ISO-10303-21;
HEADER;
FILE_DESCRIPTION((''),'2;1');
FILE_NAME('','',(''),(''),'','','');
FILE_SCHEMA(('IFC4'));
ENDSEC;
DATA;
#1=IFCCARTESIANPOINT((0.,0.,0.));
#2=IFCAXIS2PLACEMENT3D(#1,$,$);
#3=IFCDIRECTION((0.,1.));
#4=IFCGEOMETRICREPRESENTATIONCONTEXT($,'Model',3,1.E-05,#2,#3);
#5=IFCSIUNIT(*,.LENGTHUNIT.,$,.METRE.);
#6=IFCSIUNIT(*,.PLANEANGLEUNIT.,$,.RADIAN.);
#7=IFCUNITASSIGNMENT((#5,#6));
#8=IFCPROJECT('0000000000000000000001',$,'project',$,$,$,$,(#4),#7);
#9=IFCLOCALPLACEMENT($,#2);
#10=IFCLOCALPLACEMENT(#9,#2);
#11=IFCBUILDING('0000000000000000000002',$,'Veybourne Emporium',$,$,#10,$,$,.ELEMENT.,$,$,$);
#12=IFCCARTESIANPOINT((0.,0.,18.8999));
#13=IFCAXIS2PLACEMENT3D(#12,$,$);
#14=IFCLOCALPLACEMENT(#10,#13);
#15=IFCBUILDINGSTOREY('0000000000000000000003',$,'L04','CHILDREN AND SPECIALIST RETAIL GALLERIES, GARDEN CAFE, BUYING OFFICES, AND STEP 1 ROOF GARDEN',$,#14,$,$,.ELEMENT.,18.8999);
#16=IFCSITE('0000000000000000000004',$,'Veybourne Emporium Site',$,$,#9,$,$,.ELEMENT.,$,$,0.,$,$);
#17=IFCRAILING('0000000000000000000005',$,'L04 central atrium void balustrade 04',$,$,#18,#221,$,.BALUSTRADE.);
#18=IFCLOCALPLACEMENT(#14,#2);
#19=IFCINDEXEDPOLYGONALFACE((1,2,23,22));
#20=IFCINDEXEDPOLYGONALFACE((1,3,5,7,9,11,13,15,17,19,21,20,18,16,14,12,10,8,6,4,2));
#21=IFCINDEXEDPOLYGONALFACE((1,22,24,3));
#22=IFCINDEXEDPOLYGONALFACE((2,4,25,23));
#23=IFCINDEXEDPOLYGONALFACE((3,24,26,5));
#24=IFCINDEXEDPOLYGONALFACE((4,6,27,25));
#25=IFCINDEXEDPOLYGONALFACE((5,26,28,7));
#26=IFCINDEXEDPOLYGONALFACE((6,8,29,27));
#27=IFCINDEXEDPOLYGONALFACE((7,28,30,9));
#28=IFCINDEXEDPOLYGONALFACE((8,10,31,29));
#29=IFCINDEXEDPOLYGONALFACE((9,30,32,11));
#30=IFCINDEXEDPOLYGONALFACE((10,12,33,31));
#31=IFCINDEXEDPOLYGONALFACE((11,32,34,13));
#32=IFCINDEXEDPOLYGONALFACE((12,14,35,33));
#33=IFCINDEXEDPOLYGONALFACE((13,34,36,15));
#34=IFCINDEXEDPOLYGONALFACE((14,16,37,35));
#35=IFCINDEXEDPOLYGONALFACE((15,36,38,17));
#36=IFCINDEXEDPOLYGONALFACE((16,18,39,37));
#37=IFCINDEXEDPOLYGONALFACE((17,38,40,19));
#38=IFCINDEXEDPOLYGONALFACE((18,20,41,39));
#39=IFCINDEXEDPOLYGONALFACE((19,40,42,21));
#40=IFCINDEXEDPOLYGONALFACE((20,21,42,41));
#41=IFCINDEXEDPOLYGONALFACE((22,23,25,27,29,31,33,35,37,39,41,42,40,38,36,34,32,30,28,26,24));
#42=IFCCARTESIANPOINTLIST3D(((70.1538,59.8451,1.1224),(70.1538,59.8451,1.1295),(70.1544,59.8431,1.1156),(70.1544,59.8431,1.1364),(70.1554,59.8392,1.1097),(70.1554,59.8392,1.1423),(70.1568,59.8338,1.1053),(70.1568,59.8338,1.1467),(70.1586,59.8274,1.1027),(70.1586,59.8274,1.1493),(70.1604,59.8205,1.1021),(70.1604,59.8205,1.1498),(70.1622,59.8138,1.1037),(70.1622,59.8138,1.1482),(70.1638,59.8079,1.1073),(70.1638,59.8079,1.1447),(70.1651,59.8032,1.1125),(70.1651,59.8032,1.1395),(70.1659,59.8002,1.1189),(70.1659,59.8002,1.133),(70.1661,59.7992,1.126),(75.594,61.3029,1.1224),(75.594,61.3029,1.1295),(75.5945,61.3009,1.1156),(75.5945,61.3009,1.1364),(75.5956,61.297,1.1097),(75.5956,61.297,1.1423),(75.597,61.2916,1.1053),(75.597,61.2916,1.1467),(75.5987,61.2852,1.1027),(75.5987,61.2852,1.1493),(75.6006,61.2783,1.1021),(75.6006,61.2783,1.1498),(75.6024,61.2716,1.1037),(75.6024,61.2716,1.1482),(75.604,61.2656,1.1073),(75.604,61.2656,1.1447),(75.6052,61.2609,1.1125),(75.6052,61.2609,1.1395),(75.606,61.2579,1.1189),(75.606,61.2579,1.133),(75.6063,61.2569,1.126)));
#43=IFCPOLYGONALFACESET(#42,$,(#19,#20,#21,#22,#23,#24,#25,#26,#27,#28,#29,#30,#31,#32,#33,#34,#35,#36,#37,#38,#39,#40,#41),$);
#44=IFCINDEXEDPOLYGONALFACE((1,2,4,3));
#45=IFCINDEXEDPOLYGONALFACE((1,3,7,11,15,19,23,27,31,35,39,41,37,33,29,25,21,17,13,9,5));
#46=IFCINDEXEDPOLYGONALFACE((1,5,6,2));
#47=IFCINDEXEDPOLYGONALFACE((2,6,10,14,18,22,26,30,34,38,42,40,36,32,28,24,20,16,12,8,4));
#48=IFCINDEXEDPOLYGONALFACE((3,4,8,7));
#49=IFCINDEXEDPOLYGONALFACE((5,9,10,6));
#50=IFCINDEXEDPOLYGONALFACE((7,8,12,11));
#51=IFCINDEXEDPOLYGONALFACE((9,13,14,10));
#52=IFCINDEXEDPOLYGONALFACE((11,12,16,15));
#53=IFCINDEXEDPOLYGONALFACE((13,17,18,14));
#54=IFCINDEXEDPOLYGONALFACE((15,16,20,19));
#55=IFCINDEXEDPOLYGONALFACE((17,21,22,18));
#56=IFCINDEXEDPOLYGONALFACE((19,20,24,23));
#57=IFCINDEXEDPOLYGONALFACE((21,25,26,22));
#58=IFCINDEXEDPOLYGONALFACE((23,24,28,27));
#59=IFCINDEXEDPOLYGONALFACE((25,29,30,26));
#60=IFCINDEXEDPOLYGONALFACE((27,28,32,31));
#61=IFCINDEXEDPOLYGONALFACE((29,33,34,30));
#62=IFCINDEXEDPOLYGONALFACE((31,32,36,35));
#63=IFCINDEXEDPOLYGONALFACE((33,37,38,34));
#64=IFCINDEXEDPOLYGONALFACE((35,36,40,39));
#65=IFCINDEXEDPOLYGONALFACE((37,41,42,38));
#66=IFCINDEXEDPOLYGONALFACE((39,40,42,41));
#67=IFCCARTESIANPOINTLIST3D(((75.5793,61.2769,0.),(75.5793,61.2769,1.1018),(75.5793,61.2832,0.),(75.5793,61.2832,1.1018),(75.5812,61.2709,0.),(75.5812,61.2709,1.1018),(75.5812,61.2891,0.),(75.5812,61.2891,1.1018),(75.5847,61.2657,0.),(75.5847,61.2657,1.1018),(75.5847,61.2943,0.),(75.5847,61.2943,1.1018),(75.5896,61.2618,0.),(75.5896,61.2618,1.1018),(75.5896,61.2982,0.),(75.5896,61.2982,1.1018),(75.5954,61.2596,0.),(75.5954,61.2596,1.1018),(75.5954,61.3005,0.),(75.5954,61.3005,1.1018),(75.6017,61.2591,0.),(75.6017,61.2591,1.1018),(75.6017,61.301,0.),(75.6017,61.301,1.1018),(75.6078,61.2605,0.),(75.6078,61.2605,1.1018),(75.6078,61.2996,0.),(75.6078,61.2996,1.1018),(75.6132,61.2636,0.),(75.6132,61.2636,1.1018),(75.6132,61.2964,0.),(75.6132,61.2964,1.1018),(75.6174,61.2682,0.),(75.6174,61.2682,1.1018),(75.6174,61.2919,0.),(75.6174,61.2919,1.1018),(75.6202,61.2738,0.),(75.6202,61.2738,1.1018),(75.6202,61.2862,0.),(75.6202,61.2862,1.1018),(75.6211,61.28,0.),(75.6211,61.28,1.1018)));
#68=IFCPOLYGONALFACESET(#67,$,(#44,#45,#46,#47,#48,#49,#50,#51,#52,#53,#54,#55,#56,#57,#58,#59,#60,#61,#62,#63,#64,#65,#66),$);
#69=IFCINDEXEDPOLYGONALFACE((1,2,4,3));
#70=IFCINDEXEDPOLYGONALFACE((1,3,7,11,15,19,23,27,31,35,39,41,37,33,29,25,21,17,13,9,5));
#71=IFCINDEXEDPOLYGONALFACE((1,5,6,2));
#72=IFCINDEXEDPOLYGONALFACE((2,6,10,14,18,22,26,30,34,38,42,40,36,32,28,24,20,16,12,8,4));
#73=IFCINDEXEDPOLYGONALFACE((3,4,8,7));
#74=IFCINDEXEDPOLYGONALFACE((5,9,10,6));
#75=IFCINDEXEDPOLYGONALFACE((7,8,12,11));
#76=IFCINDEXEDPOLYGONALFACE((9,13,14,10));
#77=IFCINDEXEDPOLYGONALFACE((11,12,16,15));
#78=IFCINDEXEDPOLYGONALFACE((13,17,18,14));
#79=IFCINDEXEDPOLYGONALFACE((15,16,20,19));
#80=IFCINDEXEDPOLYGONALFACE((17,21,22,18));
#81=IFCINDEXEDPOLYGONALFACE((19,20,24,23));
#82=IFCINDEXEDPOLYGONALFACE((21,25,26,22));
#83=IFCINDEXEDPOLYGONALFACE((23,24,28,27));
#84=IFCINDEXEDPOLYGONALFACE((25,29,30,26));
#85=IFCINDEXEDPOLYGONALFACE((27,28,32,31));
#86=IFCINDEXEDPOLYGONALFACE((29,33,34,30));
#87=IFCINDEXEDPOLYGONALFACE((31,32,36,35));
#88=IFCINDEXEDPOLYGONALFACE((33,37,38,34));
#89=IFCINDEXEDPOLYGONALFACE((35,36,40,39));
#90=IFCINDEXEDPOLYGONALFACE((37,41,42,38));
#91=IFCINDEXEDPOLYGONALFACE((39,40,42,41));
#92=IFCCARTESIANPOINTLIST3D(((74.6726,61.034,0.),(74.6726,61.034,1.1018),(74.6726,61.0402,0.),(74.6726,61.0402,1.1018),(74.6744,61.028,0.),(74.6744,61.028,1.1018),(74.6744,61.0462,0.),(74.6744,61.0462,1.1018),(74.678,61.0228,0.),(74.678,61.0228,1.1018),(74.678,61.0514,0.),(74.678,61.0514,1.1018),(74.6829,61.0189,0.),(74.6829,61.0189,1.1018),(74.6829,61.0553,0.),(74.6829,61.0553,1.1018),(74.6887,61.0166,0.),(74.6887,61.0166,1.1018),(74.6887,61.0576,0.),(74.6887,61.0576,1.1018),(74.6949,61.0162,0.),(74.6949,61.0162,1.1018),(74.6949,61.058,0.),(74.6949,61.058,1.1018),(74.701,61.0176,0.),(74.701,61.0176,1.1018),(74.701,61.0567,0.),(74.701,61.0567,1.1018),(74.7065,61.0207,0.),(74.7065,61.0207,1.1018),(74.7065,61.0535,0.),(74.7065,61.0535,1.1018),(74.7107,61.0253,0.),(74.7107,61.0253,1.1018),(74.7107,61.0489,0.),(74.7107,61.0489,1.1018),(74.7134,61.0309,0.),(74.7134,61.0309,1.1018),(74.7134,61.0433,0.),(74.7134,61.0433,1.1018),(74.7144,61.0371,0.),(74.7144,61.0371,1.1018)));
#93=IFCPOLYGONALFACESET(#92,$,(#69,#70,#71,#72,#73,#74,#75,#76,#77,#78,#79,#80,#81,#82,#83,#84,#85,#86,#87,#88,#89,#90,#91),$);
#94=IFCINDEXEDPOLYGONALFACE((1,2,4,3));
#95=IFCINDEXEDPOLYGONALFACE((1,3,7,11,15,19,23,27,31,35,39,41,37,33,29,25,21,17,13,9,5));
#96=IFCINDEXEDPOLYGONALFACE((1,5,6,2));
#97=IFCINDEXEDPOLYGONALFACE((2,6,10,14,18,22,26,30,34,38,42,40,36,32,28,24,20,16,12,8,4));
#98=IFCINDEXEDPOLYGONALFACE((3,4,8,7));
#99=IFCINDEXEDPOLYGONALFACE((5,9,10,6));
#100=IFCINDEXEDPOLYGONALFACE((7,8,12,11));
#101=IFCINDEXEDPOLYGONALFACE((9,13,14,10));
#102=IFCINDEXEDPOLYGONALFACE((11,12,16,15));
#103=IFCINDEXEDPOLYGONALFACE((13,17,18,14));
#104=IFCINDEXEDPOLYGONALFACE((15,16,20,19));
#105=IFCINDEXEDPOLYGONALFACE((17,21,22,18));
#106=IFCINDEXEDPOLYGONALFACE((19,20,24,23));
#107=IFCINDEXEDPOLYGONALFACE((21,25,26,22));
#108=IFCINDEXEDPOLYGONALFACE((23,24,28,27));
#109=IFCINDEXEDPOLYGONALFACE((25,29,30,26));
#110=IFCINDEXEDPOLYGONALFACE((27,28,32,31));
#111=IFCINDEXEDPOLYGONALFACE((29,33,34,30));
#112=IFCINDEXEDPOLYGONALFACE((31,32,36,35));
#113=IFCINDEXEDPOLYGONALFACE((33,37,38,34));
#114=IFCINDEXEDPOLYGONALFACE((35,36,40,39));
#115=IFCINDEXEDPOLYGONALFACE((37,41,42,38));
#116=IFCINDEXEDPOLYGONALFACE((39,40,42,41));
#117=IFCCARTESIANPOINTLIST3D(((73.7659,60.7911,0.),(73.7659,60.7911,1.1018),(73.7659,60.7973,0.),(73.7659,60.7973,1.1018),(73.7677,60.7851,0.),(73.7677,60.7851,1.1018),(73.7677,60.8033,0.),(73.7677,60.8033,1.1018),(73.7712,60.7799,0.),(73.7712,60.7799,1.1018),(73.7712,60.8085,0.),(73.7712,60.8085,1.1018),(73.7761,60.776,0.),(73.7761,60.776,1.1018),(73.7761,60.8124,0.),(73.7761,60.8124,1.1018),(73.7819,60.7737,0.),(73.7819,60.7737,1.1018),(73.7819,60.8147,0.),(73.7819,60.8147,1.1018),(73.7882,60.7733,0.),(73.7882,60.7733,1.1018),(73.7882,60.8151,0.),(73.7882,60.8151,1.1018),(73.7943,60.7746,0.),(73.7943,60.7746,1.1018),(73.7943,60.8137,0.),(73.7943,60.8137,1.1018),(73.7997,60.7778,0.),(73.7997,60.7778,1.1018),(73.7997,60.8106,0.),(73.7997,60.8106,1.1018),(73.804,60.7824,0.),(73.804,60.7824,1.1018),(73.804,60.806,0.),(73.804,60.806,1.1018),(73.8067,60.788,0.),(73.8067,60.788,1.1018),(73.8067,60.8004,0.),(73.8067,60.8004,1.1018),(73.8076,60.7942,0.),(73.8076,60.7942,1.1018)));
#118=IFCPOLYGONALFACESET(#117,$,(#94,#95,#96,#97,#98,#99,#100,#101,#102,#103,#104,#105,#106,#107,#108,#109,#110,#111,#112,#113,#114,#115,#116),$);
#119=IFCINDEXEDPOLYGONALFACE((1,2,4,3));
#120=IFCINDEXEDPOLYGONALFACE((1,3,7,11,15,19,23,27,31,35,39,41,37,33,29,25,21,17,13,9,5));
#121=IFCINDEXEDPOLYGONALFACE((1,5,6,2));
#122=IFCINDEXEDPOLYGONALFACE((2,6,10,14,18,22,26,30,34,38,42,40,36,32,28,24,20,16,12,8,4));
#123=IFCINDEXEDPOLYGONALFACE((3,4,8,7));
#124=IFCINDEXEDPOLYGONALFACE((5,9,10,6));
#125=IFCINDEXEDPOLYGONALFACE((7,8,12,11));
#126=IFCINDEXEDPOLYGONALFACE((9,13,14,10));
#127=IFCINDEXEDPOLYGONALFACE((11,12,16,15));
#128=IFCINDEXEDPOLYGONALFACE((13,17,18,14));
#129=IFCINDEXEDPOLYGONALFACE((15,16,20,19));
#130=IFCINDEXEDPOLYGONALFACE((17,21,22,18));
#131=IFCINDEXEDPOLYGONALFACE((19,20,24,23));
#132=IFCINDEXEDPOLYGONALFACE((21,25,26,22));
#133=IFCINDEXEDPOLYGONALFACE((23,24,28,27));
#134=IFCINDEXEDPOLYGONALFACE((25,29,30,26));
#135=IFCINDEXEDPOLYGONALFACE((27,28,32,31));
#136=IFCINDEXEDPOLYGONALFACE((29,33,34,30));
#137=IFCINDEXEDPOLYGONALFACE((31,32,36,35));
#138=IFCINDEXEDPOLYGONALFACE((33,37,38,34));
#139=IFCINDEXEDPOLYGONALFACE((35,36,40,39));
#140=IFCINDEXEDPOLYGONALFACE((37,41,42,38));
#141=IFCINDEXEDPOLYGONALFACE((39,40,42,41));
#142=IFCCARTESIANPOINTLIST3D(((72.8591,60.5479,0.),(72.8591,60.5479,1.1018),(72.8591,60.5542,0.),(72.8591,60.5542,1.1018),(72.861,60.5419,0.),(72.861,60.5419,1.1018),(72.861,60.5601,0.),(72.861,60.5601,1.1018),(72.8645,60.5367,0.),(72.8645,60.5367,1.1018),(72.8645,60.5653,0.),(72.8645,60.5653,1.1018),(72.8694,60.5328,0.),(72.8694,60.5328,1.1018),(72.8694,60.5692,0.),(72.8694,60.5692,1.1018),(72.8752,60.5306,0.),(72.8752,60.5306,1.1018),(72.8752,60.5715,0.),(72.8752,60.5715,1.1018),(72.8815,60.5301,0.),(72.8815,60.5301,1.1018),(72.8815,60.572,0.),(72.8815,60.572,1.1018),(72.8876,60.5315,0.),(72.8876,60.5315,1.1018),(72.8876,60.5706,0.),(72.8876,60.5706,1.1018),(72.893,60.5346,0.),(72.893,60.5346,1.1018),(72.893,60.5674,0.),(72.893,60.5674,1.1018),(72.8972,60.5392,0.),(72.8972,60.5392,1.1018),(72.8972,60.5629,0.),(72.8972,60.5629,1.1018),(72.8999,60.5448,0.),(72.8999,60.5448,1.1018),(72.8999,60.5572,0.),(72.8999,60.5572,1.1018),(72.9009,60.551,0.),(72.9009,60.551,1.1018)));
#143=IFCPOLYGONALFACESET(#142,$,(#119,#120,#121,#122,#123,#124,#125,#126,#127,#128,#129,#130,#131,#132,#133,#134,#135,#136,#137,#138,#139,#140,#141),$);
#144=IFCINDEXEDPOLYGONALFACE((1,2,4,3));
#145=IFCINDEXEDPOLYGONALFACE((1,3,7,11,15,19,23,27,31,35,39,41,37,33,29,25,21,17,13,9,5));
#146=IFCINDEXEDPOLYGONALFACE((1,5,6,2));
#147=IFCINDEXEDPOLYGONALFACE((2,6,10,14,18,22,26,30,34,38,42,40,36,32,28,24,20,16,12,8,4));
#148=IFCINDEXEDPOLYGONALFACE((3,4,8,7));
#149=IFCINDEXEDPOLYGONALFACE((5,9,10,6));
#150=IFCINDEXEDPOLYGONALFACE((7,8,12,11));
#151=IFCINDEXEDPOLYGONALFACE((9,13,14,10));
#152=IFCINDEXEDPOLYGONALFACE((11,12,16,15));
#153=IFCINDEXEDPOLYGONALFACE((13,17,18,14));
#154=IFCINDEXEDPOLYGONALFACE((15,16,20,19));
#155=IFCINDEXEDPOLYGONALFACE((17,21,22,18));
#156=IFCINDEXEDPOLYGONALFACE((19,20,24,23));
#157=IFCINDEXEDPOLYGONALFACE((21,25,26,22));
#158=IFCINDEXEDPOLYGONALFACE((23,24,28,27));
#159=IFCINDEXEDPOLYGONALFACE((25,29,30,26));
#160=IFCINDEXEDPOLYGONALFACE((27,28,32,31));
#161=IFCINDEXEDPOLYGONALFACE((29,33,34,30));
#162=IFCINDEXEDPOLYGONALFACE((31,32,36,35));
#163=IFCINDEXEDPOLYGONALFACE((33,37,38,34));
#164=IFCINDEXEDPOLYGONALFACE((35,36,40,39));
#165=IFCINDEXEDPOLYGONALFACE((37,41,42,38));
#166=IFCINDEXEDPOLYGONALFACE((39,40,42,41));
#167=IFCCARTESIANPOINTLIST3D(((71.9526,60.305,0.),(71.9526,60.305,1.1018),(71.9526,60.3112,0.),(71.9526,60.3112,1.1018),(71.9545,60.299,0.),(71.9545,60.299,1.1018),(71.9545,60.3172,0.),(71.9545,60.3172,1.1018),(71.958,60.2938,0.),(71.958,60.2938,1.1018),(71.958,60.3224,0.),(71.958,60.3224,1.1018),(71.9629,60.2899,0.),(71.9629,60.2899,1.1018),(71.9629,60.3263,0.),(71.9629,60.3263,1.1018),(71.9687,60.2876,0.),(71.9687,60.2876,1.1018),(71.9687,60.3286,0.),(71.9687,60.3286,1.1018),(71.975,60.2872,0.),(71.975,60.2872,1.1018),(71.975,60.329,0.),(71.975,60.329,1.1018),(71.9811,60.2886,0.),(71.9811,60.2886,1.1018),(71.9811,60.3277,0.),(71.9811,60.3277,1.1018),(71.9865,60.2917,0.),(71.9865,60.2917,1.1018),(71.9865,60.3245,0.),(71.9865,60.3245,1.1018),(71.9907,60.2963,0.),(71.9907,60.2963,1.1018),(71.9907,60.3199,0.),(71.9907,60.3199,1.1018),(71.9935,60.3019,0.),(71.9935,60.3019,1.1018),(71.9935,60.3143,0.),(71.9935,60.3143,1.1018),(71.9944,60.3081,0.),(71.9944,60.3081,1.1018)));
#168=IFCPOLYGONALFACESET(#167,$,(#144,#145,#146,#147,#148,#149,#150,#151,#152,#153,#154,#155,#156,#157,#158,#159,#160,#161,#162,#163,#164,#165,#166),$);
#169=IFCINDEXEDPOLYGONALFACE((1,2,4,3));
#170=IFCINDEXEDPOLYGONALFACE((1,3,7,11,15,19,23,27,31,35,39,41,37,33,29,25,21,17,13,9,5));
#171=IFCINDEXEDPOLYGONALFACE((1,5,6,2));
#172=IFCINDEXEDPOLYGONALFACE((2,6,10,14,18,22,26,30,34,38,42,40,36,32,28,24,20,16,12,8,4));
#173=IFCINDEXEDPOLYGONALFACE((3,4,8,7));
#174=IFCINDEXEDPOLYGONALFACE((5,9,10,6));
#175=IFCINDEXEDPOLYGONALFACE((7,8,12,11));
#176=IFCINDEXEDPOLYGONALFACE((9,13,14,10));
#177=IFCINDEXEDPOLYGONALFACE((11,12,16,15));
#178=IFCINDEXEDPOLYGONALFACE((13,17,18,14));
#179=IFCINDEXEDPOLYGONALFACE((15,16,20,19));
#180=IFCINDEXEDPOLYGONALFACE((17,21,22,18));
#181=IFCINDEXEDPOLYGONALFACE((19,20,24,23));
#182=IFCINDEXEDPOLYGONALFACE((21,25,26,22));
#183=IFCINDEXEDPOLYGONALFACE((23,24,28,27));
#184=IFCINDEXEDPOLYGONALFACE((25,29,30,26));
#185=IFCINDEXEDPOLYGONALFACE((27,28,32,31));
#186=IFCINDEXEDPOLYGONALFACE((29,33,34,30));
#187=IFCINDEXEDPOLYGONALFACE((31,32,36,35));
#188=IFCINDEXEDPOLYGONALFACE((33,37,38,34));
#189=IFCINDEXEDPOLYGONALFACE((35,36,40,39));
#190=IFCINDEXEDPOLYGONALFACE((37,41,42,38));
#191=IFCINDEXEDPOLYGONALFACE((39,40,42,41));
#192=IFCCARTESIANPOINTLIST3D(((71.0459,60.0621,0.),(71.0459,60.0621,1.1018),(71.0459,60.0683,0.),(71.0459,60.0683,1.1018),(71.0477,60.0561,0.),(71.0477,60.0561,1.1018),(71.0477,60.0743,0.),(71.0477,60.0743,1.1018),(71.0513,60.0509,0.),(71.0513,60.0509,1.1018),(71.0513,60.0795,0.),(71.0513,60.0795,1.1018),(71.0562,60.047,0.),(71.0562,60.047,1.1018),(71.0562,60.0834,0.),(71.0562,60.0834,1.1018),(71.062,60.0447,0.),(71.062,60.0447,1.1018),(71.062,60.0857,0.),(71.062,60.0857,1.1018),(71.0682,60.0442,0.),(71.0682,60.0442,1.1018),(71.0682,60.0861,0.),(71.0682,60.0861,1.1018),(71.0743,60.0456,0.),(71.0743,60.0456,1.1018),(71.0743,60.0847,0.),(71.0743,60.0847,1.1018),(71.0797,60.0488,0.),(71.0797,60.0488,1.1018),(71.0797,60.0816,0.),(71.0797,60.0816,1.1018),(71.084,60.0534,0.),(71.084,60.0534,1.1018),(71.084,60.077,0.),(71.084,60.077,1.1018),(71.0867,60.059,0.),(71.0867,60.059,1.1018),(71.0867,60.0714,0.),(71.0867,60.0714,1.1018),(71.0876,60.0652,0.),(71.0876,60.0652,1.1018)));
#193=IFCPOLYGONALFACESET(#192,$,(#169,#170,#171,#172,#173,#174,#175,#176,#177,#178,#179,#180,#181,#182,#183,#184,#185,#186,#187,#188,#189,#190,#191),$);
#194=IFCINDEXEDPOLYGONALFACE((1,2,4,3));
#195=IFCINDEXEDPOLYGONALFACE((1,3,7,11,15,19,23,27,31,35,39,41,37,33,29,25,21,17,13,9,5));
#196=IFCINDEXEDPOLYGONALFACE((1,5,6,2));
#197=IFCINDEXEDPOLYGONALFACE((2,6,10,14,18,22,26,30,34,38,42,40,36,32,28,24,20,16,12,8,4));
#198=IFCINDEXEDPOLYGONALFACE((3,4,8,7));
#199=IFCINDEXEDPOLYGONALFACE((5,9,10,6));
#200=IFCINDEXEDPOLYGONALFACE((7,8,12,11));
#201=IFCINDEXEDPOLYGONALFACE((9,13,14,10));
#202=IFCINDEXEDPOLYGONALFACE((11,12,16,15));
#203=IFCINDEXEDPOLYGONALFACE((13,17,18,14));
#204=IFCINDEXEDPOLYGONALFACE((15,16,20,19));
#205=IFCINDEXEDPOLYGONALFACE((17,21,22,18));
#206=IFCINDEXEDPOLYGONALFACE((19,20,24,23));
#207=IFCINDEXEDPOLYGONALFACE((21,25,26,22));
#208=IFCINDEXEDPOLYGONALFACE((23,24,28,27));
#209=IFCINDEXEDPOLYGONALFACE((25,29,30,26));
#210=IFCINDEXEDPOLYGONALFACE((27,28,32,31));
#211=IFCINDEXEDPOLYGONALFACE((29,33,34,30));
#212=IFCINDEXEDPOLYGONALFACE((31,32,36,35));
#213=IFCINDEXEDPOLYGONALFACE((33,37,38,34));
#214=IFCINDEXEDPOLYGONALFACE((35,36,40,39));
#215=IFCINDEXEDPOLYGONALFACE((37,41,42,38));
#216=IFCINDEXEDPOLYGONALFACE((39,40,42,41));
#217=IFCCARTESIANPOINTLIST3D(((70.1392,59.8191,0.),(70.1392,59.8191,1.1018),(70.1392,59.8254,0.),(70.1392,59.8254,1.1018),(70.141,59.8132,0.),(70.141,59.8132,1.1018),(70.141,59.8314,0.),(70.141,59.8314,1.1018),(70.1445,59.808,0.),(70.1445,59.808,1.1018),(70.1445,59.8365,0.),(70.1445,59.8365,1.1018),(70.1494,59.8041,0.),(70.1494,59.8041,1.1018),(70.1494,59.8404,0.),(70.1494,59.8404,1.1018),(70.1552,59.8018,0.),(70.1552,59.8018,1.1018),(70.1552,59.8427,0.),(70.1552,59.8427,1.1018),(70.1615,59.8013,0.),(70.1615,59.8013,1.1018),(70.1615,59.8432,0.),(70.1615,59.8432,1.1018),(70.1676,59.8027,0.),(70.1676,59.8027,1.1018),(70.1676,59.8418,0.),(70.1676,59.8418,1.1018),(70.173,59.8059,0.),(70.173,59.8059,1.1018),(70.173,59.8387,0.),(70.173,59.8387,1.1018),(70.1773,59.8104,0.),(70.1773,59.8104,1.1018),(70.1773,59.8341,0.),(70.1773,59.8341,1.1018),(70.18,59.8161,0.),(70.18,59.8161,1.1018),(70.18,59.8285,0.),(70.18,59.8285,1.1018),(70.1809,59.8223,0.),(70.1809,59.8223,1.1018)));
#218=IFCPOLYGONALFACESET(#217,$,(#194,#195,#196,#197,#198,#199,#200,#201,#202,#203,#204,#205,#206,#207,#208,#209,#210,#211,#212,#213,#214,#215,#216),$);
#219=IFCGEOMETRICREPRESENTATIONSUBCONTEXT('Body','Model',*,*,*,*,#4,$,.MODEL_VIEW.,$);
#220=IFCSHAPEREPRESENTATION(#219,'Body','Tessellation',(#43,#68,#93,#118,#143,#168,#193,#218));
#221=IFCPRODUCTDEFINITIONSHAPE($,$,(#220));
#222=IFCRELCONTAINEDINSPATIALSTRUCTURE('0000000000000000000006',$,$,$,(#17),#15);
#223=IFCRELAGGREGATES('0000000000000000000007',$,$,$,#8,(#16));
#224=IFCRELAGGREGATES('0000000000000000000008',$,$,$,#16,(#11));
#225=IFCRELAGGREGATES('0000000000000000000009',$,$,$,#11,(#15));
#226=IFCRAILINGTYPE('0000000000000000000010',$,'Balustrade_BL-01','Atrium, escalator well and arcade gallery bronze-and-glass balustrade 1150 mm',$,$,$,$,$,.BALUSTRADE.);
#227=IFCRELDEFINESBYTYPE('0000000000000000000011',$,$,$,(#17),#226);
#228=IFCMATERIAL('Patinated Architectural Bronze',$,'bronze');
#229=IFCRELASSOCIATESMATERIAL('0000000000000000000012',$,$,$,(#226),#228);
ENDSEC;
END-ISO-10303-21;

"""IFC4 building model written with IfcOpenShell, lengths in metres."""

from ifc_helpers import new_model, si_unit, direction, frame, origin, origin_2d, place, context, subcontext, project, spatial, circle, extrude, material, type_object, element, save


model = new_model("IFC4")

# Units and contexts
model_context = context("Model", 3, precision=1e-05, world=origin(), true_north=direction((0.0, 1.0)))
body_context = subcontext(model_context, "Body", "Model", "MODEL_VIEW")
ifc_project = project(units=[si_unit("LENGTHUNIT", "METRE"), si_unit("PLANEANGLEUNIT", "RADIAN")], contexts=[model_context])

# Site, building, storey
site_placement = place(None, origin())
site = spatial("IfcSite", under=ifc_project, at=site_placement, Name="Veybourne Emporium Site", CompositionType="ELEMENT", RefElevation=0.0)
building_placement = place(site_placement, origin())
building = spatial("IfcBuilding", under=site, at=building_placement, Name="Veybourne Emporium", CompositionType="ELEMENT")
storey_placement = place(building_placement, frame((0.0, 0.0, 18.8999)))
storey = spatial("IfcBuildingStorey", under=building, at=storey_placement, Name="L04", Description="CHILDREN AND SPECIALIST RETAIL GALLERIES, GARDEN CAFE, BUYING OFFICES, AND STEP 1 ROOF GARDEN", CompositionType="ELEMENT", Elevation=18.8999)

# Shared definitions
ifc_material_1 = material(Name="Patinated Architectural Bronze", Category="bronze")

# Railing
railing_type = type_object("IfcRailingType", Name="Balustrade_BL-01", Description="Atrium, escalator well and arcade gallery bronze-and-glass balustrade 1150 mm", PredefinedType="BALUSTRADE", material=ifc_material_1)
railing_1_placement = place(storey_placement, frame((75.6001, 61.28, 0.0)))
element("IfcRailing", 1, at=railing_1_placement, inside=storey, type_object=railing_type, Name="L04 central atrium void balustrade 04", PredefinedType="BALUSTRADE", context=body_context, shape_type="SweptSolid", body=[
    extrude(circle(Radius=0.0239, at=origin_2d()), frame((0.0, 0.0, 1.126), z_axis=(-0.965923, -0.258831, 0.0), x_axis=(0.258831, -0.965923, 0.0)), (0.0, 0.0, 1.0), 5.6321),
    extrude(circle(Radius=0.021, at=origin_2d()), origin(), (0.0, 0.0, 1.0), 1.1018),
    extrude(circle(Radius=0.021, at=origin_2d()), frame((-0.9067, -0.2429, 0.0)), (0.0, 0.0, 1.0), 1.1018),
    extrude(circle(Radius=0.021, at=origin_2d()), frame((-1.8135, -0.4858, 0.0)), (0.0, 0.0, 1.0), 1.1018),
    extrude(circle(Radius=0.021, at=origin_2d()), frame((-2.7202, -0.729, 0.0)), (0.0, 0.0, 1.0), 1.1018),
    extrude(circle(Radius=0.021, at=origin_2d()), frame((-3.6267, -0.9719, 0.0)), (0.0, 0.0, 1.0), 1.1018),
    extrude(circle(Radius=0.021, at=origin_2d()), frame((-4.5334, -1.2148, 0.0)), (0.0, 0.0, 1.0), 1.1018),
    extrude(circle(Radius=0.021, at=origin_2d()), frame((-5.4402, -1.4578, 0.0)), (0.0, 0.0, 1.0), 1.1018),
])

save(model, "model.ifc")
